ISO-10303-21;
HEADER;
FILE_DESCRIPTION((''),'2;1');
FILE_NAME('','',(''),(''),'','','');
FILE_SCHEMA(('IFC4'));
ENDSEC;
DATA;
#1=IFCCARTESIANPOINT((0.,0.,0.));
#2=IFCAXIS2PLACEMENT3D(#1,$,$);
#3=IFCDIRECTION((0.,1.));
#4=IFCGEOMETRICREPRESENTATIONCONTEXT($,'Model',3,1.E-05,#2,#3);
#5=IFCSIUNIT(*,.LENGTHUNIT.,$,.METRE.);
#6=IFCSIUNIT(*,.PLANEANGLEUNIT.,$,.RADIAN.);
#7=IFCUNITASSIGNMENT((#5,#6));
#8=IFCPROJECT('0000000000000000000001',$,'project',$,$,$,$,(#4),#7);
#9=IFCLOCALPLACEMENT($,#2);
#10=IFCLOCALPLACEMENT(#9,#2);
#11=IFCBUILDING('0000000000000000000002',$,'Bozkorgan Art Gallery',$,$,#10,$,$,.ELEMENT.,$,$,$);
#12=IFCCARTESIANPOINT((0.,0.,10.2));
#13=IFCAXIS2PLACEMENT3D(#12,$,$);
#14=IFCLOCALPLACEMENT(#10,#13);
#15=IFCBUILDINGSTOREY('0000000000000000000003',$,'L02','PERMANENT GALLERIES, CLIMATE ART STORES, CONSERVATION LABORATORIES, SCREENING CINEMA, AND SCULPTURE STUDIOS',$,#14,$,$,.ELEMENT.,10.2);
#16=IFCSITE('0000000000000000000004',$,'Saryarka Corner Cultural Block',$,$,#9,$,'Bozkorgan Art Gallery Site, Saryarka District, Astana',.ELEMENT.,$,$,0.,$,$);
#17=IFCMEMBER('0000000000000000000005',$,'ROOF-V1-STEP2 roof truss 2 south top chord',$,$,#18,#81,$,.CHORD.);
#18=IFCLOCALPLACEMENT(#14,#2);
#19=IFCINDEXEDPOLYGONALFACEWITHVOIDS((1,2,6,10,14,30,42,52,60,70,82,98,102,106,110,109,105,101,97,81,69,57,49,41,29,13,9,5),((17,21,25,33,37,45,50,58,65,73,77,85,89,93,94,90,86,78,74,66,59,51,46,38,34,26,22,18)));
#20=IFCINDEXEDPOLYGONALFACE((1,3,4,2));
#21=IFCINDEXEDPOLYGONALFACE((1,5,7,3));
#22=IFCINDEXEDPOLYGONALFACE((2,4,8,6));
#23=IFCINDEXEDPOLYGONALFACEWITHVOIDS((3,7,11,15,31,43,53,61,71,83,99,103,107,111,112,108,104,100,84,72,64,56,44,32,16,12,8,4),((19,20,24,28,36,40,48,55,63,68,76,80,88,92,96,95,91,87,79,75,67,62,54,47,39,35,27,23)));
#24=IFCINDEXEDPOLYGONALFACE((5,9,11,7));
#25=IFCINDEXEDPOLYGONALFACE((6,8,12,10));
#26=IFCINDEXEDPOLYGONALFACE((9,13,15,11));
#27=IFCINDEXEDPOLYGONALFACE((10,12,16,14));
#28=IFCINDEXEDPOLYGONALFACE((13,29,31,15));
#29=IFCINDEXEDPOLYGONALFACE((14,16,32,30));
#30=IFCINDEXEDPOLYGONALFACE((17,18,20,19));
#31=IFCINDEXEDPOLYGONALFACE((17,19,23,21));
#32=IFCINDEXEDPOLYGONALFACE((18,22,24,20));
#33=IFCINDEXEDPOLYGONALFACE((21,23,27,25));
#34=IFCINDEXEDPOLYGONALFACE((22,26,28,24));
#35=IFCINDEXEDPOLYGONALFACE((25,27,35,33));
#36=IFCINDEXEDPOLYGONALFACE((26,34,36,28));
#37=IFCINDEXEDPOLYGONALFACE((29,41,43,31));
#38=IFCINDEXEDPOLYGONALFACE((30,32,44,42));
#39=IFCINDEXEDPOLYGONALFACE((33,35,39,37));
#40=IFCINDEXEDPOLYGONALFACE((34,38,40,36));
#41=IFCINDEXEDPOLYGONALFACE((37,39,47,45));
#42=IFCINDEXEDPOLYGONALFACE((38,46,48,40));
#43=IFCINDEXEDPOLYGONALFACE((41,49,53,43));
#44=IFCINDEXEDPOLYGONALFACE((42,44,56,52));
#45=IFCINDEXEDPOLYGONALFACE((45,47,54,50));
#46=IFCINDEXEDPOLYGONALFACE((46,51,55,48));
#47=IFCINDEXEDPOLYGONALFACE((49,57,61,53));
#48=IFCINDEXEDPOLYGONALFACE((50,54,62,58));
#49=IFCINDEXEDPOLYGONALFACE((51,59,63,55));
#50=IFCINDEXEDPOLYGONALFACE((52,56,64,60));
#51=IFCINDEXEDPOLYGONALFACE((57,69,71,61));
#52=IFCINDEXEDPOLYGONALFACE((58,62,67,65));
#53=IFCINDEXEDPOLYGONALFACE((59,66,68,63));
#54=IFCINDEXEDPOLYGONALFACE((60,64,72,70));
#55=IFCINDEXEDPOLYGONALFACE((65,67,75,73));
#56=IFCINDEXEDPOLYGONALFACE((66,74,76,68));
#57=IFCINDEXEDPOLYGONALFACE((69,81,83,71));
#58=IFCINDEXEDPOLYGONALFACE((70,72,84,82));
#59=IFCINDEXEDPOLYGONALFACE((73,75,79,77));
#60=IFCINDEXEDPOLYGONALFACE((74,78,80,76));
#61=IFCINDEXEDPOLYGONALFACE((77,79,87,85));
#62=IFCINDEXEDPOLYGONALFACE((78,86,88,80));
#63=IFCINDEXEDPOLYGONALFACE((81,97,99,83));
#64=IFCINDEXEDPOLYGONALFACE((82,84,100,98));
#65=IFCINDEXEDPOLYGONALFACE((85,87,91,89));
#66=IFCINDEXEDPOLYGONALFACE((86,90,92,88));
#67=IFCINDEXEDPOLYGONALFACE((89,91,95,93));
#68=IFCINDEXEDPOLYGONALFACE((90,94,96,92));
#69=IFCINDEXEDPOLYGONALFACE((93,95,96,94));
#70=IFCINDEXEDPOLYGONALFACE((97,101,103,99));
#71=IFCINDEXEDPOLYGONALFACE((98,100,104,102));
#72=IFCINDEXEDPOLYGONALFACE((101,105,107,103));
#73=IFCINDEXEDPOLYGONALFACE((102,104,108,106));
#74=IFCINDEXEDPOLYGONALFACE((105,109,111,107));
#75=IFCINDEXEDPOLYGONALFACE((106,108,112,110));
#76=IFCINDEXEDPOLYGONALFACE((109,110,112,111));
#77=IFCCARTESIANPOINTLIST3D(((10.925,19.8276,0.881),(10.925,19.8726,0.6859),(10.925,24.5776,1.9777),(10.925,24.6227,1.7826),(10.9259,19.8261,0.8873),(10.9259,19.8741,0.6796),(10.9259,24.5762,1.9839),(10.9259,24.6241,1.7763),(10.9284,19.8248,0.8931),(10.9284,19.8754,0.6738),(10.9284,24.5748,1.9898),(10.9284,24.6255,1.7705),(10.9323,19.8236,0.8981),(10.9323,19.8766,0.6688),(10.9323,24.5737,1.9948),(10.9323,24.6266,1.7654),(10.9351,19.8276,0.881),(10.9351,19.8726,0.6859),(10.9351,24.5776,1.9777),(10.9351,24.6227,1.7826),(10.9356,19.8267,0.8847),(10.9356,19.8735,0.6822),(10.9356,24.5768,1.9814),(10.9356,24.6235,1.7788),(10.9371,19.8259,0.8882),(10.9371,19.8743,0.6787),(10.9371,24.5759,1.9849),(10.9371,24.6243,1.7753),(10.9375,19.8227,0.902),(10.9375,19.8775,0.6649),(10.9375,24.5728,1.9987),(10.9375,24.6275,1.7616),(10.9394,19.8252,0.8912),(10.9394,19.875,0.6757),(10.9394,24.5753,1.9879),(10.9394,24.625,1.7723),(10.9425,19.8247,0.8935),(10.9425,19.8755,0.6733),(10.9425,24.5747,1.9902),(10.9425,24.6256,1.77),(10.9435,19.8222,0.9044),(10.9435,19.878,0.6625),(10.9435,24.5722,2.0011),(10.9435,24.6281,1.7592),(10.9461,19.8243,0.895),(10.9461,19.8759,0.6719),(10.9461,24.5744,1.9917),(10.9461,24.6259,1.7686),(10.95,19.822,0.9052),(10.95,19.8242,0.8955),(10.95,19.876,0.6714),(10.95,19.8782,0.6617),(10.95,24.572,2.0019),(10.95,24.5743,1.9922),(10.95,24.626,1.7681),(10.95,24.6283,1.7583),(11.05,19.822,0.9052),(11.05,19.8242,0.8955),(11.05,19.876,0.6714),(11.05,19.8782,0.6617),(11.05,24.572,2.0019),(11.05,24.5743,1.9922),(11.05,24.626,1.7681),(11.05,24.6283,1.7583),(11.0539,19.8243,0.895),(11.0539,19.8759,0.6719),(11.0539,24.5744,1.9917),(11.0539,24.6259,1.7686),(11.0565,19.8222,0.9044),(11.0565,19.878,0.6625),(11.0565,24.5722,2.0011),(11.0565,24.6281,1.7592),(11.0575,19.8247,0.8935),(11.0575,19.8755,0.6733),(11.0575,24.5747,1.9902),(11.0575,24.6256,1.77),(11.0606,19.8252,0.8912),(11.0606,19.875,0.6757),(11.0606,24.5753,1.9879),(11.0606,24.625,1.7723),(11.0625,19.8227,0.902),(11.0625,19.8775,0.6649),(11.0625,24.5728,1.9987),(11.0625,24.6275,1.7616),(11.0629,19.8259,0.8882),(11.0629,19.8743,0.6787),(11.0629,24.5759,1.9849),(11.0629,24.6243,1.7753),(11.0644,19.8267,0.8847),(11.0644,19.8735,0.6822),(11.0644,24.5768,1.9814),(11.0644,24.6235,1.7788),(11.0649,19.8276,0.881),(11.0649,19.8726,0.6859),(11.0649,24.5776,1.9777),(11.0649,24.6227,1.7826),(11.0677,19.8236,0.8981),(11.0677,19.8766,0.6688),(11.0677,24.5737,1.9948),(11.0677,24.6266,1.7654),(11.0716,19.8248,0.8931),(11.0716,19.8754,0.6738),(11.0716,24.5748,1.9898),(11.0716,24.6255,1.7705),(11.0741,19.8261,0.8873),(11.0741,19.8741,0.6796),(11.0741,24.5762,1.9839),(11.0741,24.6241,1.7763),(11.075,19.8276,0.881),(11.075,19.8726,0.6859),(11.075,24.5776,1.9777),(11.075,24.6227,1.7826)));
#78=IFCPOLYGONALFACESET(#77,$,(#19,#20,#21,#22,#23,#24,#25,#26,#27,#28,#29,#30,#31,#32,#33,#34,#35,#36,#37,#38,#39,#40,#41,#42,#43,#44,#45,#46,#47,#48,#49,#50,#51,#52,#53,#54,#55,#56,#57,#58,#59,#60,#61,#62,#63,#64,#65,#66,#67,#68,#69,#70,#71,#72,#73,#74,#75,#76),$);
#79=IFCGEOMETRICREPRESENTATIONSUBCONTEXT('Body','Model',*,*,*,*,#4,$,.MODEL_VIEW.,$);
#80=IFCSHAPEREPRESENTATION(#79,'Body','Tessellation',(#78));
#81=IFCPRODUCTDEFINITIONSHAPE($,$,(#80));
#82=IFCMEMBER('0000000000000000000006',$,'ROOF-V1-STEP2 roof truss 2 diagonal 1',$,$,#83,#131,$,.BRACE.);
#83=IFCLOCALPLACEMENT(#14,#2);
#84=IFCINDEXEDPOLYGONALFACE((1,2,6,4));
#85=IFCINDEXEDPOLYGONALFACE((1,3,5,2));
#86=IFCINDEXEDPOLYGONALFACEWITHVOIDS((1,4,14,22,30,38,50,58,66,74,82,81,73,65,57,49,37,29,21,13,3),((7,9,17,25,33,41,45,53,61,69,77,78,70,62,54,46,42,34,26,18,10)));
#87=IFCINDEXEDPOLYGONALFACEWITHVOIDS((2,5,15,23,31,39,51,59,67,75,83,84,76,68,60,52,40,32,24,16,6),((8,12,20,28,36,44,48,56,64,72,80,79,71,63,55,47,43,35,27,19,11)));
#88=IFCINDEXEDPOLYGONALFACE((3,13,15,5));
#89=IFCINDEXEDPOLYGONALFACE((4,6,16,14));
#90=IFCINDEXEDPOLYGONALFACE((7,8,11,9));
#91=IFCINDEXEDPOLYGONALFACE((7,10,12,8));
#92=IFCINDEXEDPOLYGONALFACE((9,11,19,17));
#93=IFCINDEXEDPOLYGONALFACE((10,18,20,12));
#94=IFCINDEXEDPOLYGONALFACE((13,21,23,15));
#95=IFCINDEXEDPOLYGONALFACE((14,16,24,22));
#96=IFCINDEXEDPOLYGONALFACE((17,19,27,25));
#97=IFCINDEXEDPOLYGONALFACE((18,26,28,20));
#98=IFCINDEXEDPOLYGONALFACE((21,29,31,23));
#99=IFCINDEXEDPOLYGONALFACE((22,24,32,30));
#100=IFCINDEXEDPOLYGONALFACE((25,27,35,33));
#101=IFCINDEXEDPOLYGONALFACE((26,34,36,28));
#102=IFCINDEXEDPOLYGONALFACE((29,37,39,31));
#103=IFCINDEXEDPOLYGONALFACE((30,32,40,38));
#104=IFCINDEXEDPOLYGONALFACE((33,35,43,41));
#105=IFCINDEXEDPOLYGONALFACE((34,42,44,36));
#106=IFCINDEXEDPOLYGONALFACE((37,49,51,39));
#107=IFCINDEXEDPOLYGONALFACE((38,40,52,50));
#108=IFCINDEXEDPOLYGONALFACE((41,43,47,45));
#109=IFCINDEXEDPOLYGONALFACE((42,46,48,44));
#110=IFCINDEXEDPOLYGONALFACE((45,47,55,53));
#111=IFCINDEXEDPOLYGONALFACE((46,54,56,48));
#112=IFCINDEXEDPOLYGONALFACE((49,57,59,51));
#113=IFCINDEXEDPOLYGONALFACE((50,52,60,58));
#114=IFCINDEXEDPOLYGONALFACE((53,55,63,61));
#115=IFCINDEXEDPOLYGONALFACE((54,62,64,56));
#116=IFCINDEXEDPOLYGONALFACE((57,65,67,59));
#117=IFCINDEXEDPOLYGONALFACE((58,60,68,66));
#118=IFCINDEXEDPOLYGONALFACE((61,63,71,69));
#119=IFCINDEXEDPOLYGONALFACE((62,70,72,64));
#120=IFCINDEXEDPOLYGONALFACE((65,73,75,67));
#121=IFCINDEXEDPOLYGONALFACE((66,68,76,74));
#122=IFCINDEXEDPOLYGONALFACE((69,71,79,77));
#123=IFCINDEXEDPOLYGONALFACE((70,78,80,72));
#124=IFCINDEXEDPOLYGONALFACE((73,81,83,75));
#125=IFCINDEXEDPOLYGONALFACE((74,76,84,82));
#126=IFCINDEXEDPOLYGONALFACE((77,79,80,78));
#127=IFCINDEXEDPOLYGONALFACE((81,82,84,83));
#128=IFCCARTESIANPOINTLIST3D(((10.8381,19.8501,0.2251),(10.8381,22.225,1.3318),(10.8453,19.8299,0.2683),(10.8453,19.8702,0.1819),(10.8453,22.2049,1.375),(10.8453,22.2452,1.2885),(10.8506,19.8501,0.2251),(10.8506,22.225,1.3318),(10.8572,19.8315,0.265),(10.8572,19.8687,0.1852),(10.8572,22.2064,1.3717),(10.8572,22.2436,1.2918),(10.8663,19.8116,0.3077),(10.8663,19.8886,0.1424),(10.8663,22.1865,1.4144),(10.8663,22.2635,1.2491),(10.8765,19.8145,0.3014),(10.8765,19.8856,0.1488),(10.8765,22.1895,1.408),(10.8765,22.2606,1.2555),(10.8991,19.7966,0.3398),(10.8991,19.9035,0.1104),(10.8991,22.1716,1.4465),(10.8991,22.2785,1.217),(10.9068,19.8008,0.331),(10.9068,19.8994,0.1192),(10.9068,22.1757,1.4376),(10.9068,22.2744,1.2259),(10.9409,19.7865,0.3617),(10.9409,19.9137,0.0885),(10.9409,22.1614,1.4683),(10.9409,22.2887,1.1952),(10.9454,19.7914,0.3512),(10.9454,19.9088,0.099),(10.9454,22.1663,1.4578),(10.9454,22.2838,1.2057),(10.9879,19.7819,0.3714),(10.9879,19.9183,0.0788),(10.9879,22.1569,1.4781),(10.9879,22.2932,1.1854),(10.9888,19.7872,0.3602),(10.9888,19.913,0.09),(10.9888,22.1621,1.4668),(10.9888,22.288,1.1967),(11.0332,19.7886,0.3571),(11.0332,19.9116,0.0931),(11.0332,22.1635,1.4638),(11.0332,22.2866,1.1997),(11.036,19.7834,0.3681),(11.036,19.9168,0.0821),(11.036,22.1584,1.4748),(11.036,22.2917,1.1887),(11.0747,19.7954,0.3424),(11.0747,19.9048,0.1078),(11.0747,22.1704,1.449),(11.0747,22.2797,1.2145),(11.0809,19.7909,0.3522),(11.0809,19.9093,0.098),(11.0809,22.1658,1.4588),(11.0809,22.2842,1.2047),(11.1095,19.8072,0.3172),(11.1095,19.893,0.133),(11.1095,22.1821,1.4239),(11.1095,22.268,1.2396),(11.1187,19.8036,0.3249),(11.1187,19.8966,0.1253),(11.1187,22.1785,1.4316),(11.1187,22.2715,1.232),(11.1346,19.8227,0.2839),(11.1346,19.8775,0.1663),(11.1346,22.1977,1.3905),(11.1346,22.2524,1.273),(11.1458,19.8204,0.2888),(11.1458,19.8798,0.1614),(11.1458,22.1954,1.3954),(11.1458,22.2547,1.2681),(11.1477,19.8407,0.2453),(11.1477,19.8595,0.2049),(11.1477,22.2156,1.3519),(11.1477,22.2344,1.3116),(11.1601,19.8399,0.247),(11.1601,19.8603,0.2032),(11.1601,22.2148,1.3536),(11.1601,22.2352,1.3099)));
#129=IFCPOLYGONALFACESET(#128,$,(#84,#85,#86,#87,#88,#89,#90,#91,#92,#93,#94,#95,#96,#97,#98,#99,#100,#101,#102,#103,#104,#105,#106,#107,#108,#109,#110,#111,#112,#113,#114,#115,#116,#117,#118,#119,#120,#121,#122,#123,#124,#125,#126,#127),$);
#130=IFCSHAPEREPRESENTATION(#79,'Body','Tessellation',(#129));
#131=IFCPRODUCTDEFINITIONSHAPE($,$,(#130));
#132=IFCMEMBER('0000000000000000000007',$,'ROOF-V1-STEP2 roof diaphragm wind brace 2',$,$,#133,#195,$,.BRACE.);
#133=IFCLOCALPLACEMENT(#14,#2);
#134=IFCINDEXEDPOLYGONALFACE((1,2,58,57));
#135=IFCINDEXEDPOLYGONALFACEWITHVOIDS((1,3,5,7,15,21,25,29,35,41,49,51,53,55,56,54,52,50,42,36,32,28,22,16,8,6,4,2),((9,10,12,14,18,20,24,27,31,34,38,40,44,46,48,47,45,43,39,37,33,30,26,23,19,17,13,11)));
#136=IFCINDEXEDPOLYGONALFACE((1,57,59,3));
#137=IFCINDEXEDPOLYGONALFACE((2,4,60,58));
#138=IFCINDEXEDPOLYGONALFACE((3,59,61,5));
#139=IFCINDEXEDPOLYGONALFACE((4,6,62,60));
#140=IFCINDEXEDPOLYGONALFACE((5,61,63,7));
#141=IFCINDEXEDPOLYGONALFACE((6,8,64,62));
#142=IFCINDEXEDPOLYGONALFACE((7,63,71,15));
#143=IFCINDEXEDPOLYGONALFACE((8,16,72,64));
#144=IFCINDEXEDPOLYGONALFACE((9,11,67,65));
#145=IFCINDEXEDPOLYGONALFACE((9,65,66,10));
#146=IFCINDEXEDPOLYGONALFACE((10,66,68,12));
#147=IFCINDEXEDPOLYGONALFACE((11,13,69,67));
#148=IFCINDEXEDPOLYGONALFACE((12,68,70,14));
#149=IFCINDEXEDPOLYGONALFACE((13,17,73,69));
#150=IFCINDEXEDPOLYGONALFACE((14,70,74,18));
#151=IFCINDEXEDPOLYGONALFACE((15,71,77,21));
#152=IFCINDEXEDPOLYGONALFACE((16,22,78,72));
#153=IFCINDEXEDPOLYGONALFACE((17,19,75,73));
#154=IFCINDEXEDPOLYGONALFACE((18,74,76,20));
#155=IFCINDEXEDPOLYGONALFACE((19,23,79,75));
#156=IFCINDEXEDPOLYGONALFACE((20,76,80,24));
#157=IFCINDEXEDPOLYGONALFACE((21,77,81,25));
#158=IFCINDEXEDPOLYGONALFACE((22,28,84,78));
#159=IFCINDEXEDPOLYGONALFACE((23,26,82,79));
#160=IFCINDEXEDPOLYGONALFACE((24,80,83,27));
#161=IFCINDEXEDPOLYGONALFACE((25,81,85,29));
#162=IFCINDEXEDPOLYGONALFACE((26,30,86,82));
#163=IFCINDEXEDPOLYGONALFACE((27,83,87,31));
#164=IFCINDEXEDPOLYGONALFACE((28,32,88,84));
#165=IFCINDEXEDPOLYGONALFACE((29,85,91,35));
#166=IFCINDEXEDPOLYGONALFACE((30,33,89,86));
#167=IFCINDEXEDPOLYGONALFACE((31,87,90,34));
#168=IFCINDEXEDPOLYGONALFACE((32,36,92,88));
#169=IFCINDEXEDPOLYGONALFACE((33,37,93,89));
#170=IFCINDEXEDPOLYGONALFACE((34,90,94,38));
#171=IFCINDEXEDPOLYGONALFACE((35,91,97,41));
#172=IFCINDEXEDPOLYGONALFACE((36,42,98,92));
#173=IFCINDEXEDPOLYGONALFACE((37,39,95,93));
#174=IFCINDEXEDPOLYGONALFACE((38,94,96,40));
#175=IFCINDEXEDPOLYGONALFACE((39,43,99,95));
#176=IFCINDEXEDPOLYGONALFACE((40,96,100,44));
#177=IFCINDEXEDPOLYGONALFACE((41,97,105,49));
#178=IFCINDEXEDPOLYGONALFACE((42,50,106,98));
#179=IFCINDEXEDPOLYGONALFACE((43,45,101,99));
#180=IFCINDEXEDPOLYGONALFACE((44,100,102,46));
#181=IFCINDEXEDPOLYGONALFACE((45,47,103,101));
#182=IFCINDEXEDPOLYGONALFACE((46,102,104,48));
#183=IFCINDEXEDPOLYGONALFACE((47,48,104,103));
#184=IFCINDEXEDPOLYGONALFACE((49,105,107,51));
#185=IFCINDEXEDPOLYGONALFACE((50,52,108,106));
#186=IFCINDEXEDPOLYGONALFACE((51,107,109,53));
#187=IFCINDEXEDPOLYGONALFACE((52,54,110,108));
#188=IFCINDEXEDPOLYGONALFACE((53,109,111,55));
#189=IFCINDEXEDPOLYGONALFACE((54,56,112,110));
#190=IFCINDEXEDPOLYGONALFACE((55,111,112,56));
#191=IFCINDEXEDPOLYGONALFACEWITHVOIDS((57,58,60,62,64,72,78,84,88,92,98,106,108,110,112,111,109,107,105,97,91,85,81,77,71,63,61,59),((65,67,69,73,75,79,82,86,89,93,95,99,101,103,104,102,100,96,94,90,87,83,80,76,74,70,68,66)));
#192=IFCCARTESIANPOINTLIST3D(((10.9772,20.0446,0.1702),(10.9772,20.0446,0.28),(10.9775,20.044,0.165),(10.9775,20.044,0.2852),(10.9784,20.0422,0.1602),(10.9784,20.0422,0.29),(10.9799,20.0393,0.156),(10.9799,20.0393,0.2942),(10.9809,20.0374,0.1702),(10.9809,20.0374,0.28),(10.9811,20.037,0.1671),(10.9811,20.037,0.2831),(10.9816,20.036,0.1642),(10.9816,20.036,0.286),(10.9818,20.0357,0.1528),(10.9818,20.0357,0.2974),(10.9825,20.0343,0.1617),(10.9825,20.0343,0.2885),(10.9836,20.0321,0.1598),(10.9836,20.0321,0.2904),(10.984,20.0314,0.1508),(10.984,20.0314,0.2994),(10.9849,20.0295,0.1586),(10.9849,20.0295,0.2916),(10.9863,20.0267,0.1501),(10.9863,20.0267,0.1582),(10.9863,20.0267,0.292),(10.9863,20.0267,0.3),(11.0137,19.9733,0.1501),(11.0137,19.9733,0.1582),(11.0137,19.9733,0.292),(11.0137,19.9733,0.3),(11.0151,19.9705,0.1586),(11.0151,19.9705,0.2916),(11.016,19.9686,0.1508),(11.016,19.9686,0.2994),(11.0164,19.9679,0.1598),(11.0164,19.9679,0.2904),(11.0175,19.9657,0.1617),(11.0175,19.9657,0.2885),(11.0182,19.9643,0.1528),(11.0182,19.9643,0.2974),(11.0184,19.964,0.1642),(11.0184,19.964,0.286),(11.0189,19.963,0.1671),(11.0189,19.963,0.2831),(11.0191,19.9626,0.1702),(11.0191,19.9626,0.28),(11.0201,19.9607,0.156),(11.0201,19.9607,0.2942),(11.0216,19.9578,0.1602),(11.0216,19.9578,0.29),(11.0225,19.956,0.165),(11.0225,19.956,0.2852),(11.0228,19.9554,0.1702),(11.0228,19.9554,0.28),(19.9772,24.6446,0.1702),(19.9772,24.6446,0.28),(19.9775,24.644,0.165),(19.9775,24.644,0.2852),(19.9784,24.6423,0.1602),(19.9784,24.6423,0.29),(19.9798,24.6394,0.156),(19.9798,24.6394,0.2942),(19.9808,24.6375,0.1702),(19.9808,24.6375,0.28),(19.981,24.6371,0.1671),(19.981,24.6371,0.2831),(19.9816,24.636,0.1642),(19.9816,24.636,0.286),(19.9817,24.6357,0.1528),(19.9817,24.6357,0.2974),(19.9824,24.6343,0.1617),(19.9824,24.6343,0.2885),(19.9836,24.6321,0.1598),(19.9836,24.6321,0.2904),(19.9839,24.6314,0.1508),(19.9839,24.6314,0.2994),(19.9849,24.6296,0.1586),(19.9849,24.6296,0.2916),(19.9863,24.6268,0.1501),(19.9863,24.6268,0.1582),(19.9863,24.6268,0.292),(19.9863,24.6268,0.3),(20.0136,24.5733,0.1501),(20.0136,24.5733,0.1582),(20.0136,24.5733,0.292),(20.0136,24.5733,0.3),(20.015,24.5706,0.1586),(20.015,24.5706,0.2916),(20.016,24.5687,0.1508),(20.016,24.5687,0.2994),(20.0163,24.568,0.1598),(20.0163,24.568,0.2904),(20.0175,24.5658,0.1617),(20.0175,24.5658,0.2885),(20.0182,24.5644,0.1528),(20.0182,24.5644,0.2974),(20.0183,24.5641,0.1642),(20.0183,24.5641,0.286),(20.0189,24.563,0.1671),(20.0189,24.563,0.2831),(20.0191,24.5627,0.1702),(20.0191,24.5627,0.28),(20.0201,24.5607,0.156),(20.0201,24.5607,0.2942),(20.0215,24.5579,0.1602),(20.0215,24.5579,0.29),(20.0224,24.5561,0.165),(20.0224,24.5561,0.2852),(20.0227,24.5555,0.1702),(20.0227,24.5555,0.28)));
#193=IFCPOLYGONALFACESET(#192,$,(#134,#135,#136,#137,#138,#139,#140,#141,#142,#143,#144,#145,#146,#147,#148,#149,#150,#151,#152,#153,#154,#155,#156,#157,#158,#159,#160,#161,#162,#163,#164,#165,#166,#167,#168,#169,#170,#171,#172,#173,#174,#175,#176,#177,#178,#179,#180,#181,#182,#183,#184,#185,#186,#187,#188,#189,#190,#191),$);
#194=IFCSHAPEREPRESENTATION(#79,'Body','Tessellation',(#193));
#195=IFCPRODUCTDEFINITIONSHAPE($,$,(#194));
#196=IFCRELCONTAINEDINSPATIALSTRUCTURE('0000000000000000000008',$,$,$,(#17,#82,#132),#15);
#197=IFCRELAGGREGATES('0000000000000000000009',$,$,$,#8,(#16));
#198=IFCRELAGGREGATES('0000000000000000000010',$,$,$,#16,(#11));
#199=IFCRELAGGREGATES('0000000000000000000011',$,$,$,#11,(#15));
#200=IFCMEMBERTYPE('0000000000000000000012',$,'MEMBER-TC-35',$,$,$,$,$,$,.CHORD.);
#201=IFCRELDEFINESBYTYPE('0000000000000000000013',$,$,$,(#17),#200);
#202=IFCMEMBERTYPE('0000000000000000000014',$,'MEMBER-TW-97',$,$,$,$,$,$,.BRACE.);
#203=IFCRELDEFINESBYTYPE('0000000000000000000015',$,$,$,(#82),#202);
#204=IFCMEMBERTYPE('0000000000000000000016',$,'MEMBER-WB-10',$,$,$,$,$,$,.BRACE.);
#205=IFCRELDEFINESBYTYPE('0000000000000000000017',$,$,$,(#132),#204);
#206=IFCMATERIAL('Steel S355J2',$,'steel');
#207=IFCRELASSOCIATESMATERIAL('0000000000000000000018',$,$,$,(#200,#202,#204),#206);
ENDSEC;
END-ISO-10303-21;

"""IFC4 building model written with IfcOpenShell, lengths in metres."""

from ifc_helpers import new_model, si_unit, direction, frame, origin, origin_2d, place, context, subcontext, project, spatial, hollow_rectangle, hollow_circle, extrude, material, material_profile, profile_set, type_object, element, save


model = new_model("IFC4")

# Units and contexts
model_context = context("Model", 3, precision=1e-05, world=origin(), true_north=direction((0.0, 1.0)))
body_context = subcontext(model_context, "Body", "Model", "MODEL_VIEW")
ifc_project = project(units=[si_unit("LENGTHUNIT", "METRE"), si_unit("PLANEANGLEUNIT", "RADIAN")], contexts=[model_context])

# Site, building, storey
site_placement = place(None, origin())
site = spatial("IfcSite", under=ifc_project, at=site_placement, Name="Saryarka Corner Cultural Block", LongName="Bozkorgan Art Gallery Site, Saryarka District, Astana", CompositionType="ELEMENT", RefElevation=0.0)
building_placement = place(site_placement, origin())
building = spatial("IfcBuilding", under=site, at=building_placement, Name="Bozkorgan Art Gallery", CompositionType="ELEMENT")
storey_placement = place(building_placement, frame((0.0, 0.0, 10.2)))
storey = spatial("IfcBuildingStorey", under=building, at=storey_placement, Name="L02", Description="PERMANENT GALLERIES, CLIMATE ART STORES, CONSERVATION LABORATORIES, SCREENING CINEMA, AND SCULPTURE STUDIOS", CompositionType="ELEMENT", Elevation=10.2)

# Shared definitions
ifc_material_1 = material(Name="Steel S355J2", Category="steel")

# Members
ifc_material_profile_1 = material_profile(ifc_material_1, hollow_rectangle(XDim=0.1499, YDim=0.25, WallThickness=0.01, InnerFilletRadius=0.0149, OuterFilletRadius=0.0249, at=origin_2d()), Name="RHS 250x150x10")
ifc_profile_set_1 = profile_set([ifc_material_profile_1], Name="Steel S355J2")
member_type_1 = type_object("IfcMemberType", Name="MEMBER-TC-35", PredefinedType="CHORD", material=ifc_profile_set_1)
member_1_placement = place(storey_placement, frame((11.0, 19.8501, 0.7834), z_axis=(0.0, 0.974368, 0.224962), x_axis=(-1.0, 0.0, 0.0)))
element("IfcMember", 1, at=member_1_placement, inside=storey, type_object=member_type_1, Name="ROOF-V1-STEP2 roof truss 2 south top chord", PredefinedType="CHORD", context=body_context, shape_type="SweptSolid", body=[
    extrude(hollow_rectangle(XDim=0.1499, YDim=0.25, WallThickness=0.01, InnerFilletRadius=0.0149, OuterFilletRadius=0.0249, at=origin_2d()), origin(), (0.0, 0.0, 1.0), 4.875),
])
ifc_material_profile_2 = material_profile(ifc_material_1, hollow_circle(Radius=0.1619, WallThickness=0.0125, at=origin_2d()), Name="CHS 323.9x12.5")
ifc_profile_set_2 = profile_set([ifc_material_profile_2], Name="Steel S355J2")
member_type_2 = type_object("IfcMemberType", Name="MEMBER-TW-97", PredefinedType="BRACE", material=ifc_profile_set_2)
member_2_placement = place(storey_placement, frame((11.0, 19.8501, 0.2251), z_axis=(0.0, 0.906423, 0.42237), x_axis=(-1.0, 0.0, 0.0)))
element("IfcMember", 2, at=member_2_placement, inside=storey, type_object=member_type_2, Name="ROOF-V1-STEP2 roof truss 2 diagonal 1", PredefinedType="BRACE", context=body_context, shape_type="SweptSolid", body=[
    extrude(hollow_circle(Radius=0.1619, WallThickness=0.0125, at=origin_2d()), origin(), (0.0, 0.0, 1.0), 2.6201),
])
ifc_material_profile_3 = material_profile(ifc_material_1, hollow_rectangle(XDim=0.1001, YDim=0.1499, WallThickness=0.0081, InnerFilletRadius=0.012, OuterFilletRadius=0.02, at=origin_2d()), Name="RHS 150x100x8")
ifc_profile_set_3 = profile_set([ifc_material_profile_3], Name="Steel S355J2")
member_type_3 = type_object("IfcMemberType", Name="MEMBER-WB-10", PredefinedType="BRACE", material=ifc_profile_set_3)
member_3_placement = place(storey_placement, frame((11.0, 20.0, 0.2251), z_axis=(0.890431, 0.455119, 0.0), x_axis=(-0.455119, 0.890431, 0.0)))
element("IfcMember", 3, at=member_3_placement, inside=storey, type_object=member_type_3, Name="ROOF-V1-STEP2 roof diaphragm wind brace 2", PredefinedType="BRACE", context=body_context, shape_type="SweptSolid", body=[
    extrude(hollow_rectangle(XDim=0.1001, YDim=0.1499, WallThickness=0.0081, InnerFilletRadius=0.012, OuterFilletRadius=0.02, at=origin_2d()), origin(), (0.0, 0.0, 1.0), 10.1074),
])

save(model, "model.ifc")
